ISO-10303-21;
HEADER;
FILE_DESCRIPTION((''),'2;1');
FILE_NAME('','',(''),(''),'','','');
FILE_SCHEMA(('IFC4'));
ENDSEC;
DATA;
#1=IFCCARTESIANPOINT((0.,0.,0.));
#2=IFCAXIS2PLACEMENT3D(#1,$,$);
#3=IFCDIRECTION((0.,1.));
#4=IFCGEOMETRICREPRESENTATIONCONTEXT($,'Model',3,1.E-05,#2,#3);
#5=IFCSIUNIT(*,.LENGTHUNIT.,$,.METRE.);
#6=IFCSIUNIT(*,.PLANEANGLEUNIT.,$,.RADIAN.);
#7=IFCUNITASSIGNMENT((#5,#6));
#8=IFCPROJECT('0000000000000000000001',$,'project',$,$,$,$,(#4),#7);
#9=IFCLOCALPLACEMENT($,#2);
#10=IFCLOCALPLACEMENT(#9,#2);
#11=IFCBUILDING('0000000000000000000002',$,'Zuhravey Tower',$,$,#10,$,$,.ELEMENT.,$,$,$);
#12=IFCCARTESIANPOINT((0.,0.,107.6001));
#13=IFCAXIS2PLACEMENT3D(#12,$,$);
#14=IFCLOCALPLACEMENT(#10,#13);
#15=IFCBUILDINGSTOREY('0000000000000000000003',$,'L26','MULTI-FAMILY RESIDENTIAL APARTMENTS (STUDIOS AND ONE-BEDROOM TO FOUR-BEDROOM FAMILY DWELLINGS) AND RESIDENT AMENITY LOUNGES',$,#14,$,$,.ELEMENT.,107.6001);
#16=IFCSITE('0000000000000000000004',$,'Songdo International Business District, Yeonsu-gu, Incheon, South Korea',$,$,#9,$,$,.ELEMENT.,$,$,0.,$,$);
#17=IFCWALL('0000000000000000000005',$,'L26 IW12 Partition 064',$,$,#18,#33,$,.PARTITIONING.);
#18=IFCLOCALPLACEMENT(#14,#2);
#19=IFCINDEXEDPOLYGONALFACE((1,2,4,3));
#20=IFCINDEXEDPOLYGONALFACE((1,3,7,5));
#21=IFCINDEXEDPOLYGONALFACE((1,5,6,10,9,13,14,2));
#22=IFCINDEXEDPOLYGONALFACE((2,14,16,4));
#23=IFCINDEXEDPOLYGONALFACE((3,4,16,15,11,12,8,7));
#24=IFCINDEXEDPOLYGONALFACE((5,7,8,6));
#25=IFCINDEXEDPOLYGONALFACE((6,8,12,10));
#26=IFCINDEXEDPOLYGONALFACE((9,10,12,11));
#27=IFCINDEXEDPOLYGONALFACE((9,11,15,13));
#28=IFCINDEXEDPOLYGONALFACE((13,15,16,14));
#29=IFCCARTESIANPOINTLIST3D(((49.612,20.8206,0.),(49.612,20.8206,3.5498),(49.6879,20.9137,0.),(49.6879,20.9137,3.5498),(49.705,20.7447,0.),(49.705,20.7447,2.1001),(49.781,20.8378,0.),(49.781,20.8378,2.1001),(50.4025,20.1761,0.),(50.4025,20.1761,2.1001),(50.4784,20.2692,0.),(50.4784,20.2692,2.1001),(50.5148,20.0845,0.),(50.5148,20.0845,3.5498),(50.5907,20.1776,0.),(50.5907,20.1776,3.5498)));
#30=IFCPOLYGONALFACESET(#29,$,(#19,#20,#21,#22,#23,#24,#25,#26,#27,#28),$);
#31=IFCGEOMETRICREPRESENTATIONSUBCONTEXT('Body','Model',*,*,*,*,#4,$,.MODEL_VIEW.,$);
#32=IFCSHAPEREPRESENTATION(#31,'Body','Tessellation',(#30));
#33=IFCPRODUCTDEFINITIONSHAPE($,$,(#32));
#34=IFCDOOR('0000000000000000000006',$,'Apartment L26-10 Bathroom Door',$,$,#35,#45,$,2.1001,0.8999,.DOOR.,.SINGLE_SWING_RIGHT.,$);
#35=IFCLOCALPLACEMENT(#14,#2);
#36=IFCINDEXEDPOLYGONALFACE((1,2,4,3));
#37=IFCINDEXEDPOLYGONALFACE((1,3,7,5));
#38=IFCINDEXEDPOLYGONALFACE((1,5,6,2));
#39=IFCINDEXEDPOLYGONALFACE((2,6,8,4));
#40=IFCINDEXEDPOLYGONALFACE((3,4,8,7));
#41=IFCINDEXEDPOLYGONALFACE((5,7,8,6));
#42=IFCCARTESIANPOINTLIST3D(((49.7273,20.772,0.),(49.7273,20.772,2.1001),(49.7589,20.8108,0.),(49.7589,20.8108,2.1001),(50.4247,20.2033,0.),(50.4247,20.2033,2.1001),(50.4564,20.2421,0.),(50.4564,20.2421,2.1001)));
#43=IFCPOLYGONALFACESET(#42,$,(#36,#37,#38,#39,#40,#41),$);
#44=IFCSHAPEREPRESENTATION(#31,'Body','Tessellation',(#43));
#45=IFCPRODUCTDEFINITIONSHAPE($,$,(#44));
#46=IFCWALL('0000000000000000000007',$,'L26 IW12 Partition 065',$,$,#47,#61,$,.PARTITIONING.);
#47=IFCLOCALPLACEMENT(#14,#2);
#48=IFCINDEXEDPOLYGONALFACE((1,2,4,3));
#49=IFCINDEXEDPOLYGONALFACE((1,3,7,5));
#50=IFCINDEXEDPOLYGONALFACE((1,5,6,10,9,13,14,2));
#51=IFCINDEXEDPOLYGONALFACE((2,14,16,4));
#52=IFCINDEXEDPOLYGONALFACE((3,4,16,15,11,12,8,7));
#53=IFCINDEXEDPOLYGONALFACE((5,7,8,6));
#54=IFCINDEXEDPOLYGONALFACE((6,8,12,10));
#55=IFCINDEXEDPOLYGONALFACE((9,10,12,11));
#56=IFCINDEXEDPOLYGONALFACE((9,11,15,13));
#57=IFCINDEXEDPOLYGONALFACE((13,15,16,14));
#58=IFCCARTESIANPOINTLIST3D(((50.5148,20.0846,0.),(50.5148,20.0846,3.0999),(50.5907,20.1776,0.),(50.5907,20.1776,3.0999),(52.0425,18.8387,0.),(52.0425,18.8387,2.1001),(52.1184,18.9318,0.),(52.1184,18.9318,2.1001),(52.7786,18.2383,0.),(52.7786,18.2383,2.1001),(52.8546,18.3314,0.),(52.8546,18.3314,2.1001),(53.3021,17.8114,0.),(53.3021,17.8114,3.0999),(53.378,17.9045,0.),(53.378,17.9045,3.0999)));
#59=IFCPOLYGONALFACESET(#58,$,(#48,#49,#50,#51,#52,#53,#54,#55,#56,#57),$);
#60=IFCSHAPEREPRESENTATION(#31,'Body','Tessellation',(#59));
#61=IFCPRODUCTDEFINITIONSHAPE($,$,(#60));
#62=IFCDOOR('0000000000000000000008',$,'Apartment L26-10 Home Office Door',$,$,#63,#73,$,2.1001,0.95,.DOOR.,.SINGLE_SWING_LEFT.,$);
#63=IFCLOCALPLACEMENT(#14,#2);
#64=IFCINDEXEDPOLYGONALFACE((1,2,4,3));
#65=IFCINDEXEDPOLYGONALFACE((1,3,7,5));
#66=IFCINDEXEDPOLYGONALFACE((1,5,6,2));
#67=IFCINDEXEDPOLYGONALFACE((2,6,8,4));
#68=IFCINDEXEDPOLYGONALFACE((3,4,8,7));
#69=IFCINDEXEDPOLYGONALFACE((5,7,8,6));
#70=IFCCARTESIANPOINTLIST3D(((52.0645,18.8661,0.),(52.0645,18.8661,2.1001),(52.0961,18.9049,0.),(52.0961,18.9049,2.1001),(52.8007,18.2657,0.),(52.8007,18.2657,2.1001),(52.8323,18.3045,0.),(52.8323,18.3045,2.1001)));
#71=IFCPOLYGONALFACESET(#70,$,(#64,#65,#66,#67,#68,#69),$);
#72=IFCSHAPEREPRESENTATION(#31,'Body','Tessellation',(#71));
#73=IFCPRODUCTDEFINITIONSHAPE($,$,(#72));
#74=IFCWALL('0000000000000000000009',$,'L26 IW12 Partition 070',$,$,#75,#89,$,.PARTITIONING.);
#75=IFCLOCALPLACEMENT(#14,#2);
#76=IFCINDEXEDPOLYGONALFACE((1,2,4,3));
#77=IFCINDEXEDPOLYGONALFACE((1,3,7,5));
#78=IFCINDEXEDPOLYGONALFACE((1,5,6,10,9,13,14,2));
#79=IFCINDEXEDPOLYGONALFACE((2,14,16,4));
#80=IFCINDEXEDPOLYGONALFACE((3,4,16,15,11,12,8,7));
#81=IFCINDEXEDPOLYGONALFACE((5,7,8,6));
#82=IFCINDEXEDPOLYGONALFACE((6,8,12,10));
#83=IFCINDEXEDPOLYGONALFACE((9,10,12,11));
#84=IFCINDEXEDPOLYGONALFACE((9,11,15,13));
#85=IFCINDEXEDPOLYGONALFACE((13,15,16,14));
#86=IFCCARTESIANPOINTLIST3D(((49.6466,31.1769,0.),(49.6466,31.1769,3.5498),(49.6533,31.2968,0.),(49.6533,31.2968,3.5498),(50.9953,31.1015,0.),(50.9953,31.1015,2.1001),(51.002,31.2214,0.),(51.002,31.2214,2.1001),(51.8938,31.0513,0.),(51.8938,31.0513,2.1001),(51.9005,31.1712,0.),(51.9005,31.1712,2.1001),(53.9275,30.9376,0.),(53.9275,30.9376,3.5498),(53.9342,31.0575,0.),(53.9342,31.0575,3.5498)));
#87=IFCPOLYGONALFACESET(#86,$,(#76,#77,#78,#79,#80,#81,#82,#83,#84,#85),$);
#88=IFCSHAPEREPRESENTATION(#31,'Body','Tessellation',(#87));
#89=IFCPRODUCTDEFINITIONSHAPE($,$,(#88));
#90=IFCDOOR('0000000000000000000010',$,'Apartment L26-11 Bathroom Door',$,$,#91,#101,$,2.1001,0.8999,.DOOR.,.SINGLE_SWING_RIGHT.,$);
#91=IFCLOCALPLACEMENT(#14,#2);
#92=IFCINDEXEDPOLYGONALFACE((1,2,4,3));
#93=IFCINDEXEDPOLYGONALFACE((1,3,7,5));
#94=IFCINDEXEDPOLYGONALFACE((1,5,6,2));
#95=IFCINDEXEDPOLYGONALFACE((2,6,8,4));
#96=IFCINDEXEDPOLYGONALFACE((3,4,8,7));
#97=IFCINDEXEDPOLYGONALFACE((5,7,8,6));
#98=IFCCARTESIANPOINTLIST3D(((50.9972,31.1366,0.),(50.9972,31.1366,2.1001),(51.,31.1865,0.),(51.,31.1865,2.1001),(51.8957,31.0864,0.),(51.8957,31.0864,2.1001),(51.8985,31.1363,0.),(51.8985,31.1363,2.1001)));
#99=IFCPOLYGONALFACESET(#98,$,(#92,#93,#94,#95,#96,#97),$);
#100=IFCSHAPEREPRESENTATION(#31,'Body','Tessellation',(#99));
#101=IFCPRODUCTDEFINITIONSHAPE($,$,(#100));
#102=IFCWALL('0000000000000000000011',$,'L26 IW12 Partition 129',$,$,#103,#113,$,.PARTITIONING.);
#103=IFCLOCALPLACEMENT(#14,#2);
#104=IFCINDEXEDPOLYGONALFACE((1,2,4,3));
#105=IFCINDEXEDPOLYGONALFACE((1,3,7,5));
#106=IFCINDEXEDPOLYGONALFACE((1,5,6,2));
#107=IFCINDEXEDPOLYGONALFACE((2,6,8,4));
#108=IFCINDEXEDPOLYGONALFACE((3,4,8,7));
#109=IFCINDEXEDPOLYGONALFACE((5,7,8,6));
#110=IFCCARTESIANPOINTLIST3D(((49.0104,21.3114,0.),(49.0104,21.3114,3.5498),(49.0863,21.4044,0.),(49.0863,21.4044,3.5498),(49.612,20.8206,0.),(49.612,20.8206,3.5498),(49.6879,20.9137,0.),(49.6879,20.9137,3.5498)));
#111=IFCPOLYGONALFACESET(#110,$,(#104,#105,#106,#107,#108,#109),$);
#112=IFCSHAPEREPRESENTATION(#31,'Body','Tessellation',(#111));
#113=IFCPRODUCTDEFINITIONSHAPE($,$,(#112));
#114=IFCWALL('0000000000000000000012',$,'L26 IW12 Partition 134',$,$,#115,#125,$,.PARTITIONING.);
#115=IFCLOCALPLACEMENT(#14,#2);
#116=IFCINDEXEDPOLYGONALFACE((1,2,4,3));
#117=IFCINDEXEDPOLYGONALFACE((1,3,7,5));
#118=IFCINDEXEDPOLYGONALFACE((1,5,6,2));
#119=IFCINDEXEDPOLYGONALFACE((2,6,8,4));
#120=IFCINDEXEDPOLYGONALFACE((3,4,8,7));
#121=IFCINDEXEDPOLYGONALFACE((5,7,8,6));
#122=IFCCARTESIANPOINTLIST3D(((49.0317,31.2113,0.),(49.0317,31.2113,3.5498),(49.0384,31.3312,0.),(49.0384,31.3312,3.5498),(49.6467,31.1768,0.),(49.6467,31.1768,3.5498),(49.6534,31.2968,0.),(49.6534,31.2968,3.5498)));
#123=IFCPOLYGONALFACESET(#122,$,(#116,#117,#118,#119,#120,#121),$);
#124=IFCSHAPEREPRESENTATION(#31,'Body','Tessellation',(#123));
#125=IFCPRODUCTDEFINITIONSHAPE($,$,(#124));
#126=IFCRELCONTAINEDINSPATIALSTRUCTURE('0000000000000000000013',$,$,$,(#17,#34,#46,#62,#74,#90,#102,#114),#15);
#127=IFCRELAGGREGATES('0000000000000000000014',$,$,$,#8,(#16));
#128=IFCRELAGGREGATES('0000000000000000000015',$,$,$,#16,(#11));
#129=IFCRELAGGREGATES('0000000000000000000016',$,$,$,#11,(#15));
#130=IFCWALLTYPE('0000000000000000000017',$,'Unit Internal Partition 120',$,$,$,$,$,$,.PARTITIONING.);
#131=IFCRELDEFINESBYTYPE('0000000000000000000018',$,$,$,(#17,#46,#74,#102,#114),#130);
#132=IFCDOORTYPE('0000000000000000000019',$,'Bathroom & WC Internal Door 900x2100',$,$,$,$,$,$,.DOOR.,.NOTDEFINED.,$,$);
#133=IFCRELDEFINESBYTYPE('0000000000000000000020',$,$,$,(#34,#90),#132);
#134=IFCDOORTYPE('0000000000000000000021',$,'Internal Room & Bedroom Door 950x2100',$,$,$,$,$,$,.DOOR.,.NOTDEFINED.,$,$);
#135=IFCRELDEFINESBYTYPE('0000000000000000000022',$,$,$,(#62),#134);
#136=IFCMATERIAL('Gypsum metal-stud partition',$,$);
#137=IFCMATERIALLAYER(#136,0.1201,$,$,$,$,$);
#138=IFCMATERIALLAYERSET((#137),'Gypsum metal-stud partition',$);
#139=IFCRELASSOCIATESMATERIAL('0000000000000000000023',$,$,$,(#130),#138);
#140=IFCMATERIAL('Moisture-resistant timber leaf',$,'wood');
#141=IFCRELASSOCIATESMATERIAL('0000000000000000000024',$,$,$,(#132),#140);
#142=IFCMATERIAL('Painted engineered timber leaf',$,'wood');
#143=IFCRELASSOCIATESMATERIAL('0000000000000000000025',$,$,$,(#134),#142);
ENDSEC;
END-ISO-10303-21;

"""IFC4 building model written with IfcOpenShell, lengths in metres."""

from ifc_helpers import new_model, si_unit, direction, frame, frame_2d, origin, place, context, subcontext, project, spatial, rectangle, extrude, material, layer, layer_set, type_object, element, fill, save


model = new_model("IFC4")

# Units and contexts
model_context = context("Model", 3, precision=1e-05, world=origin(), true_north=direction((0.0, 1.0)))
body_context = subcontext(model_context, "Body", "Model", "MODEL_VIEW")
ifc_project = project(units=[si_unit("LENGTHUNIT", "METRE"), si_unit("PLANEANGLEUNIT", "RADIAN")], contexts=[model_context])

# Site, building, storey
site_placement = place(None, origin())
site = spatial("IfcSite", under=ifc_project, at=site_placement, Name="Songdo International Business District, Yeonsu-gu, Incheon, South Korea", CompositionType="ELEMENT", RefElevation=0.0)
building_placement = place(site_placement, origin())
building = spatial("IfcBuilding", under=site, at=building_placement, Name="Zuhravey Tower", CompositionType="ELEMENT")
storey_placement = place(building_placement, frame((0.0, 0.0, 107.6001)))
storey = spatial("IfcBuildingStorey", under=building, at=storey_placement, Name="L26", Description="MULTI-FAMILY RESIDENTIAL APARTMENTS (STUDIOS AND ONE-BEDROOM TO FOUR-BEDROOM FAMILY DWELLINGS) AND RESIDENT AMENITY LOUNGES", CompositionType="ELEMENT", Elevation=107.6001)

# Walls, openings, doors
ifc_material_1 = material(Name="Gypsum metal-stud partition")
ifc_layer_1 = layer(ifc_material_1, 0.1201)
ifc_layer_set_1 = layer_set([ifc_layer_1], Name="Gypsum metal-stud partition")
wall_type_1 = type_object("IfcWallType", Name="Unit Internal Partition 120", PredefinedType="PARTITIONING", material=ifc_layer_set_1)
wall_1_placement = place(storey_placement, frame((49.6499, 20.8672, 0.0), z_axis=(0.0, 0.0, 1.0), x_axis=(0.775049, -0.631902, 0.0)))
wall_1 = element("IfcWall", 1, at=wall_1_placement, inside=storey, type_object=wall_type_1, Name="L26 IW12 Partition 064", PredefinedType="PARTITIONING", context=body_context, shape_type="SweptSolid", body=[
    extrude(rectangle(XDim=1.1648, YDim=0.1201, at=frame_2d((0.5825, 0.0))), origin(), (0.0, 0.0, 1.0), 3.5498),
])
opening_1_placement = place(wall_1_placement, frame((0.1201, 0.0, 0.0)))
opening_1 = element("IfcOpeningElement", 2, at=opening_1_placement, cuts=wall_1, PredefinedType="OPENING", context=body_context, shape_type="SweptSolid", body=[
    extrude(rectangle(XDim=0.8999, YDim=2.1001, at=frame_2d((0.45, 1.05))), frame((0.0, 0.072, 0.0), z_axis=(0.0, -1.0, 0.0), x_axis=(1.0, 0.0, 0.0)), (0.0, 0.0, 1.0), 0.144),
])
ifc_material_2 = material(Name="Moisture-resistant timber leaf", Category="wood")
door_type_1 = type_object("IfcDoorType", Name="Bathroom & WC Internal Door 900x2100", OperationType="NOTDEFINED", PredefinedType="DOOR", material=ifc_material_2)
door_1_placement = place(opening_1_placement, frame((0.8999, 0.0, 0.0), z_axis=(0.0, 0.0, 1.0), x_axis=(-1.0, 0.0, 0.0)))
door_1 = element("IfcDoor", 3, at=door_1_placement, inside=storey, type_object=door_type_1, Name="Apartment L26-10 Bathroom Door", OperationType="SINGLE_SWING_RIGHT", OverallHeight=2.1001, OverallWidth=0.8999, PredefinedType="DOOR", context=body_context, shape_type="SweptSolid", body=[
    extrude(rectangle(XDim=0.8999, YDim=2.1001, at=frame_2d((0.45, 1.05))), frame((0.0, 0.0249, 0.0), z_axis=(0.0, -1.0, 0.0), x_axis=(1.0, 0.0, 0.0)), (0.0, 0.0, 1.0), 0.05),
])
fill(opening_1, door_1)
wall_2_placement = place(storey_placement, frame((50.5527, 20.1311, 0.0), z_axis=(0.0, 0.0, 1.0), x_axis=(0.77496, -0.63201, 0.0)))
wall_2 = element("IfcWall", 4, at=wall_2_placement, inside=storey, type_object=wall_type_1, Name="L26 IW12 Partition 065", PredefinedType="PARTITIONING", context=body_context, shape_type="SweptSolid", body=[
    extrude(rectangle(XDim=3.5967, YDim=0.1201, at=frame_2d((1.7983, 0.0))), origin(), (0.0, 0.0, 1.0), 3.0999),
])
opening_2_placement = place(wall_2_placement, frame((1.9712, 0.0, 0.0)))
opening_2 = element("IfcOpeningElement", 5, at=opening_2_placement, cuts=wall_2, PredefinedType="OPENING", context=body_context, shape_type="SweptSolid", body=[
    extrude(rectangle(XDim=0.95, YDim=2.1001, at=frame_2d((0.4751, 1.05))), frame((0.0, 0.072, 0.0), z_axis=(0.0, -1.0, 0.0), x_axis=(1.0, 0.0, 0.0)), (0.0, 0.0, 1.0), 0.144),
])
ifc_material_3 = material(Name="Painted engineered timber leaf", Category="wood")
door_type_2 = type_object("IfcDoorType", Name="Internal Room & Bedroom Door 950x2100", OperationType="NOTDEFINED", PredefinedType="DOOR", material=ifc_material_3)
door_2_placement = place(opening_2_placement, frame((0.95, 0.0, 0.0), z_axis=(0.0, 0.0, 1.0), x_axis=(-1.0, 0.0, 0.0)))
door_2 = element("IfcDoor", 6, at=door_2_placement, inside=storey, type_object=door_type_2, Name="Apartment L26-10 Home Office Door", OperationType="SINGLE_SWING_LEFT", OverallHeight=2.1001, OverallWidth=0.95, PredefinedType="DOOR", context=body_context, shape_type="SweptSolid", body=[
    extrude(rectangle(XDim=0.95, YDim=2.1001, at=frame_2d((0.4751, 1.05))), frame((0.0, 0.0249, 0.0), z_axis=(0.0, -1.0, 0.0), x_axis=(1.0, 0.0, 0.0)), (0.0, 0.0, 1.0), 0.05),
])
fill(opening_2, door_2)
wall_3_placement = place(storey_placement, frame((49.6499, 31.2368, 0.0), z_axis=(0.0, 0.0, 1.0), x_axis=(0.998442, -0.055801, 0.0)))
wall_3 = element("IfcWall", 7, at=wall_3_placement, inside=storey, type_object=wall_type_1, Name="L26 IW12 Partition 070", PredefinedType="PARTITIONING", context=body_context, shape_type="SweptSolid", body=[
    extrude(rectangle(XDim=4.2876, YDim=0.1201, at=frame_2d((2.1438, 0.0))), origin(), (0.0, 0.0, 1.0), 3.5498),
])
opening_3_placement = place(wall_3_placement, frame((1.3508, 0.0, 0.0)))
opening_3 = element("IfcOpeningElement", 8, at=opening_3_placement, cuts=wall_3, PredefinedType="OPENING", context=body_context, shape_type="SweptSolid", body=[
    extrude(rectangle(XDim=0.8999, YDim=2.1001, at=frame_2d((0.45, 1.05))), frame((0.0, 0.072, 0.0), z_axis=(0.0, -1.0, 0.0), x_axis=(1.0, 0.0, 0.0)), (0.0, 0.0, 1.0), 0.144),
])
door_3_placement = place(opening_3_placement, frame((0.8999, 0.0, 0.0), z_axis=(0.0, 0.0, 1.0), x_axis=(-1.0, 0.0, 0.0)))
door_3 = element("IfcDoor", 9, at=door_3_placement, inside=storey, type_object=door_type_1, Name="Apartment L26-11 Bathroom Door", OperationType="SINGLE_SWING_RIGHT", OverallHeight=2.1001, OverallWidth=0.8999, PredefinedType="DOOR", context=body_context, shape_type="SweptSolid", body=[
    extrude(rectangle(XDim=0.8999, YDim=2.1001, at=frame_2d((0.45, 1.05))), frame((0.0, 0.0249, 0.0), z_axis=(0.0, -1.0, 0.0), x_axis=(1.0, 0.0, 0.0)), (0.0, 0.0, 1.0), 0.05),
])
fill(opening_3, door_3)

# Walls
wall_4_placement = place(storey_placement, frame((49.0483, 21.3579, 0.0), z_axis=(0.0, 0.0, 1.0), x_axis=(0.774881, -0.632107, 0.0)))
element("IfcWall", 10, at=wall_4_placement, inside=storey, type_object=wall_type_1, Name="L26 IW12 Partition 129", PredefinedType="PARTITIONING", context=body_context, shape_type="SweptSolid", body=[
    extrude(rectangle(XDim=0.7764, YDim=0.1201, at=frame_2d((0.3882, 0.0))), origin(), (0.0, 0.0, 1.0), 3.5498),
])
wall_5_placement = place(storey_placement, frame((49.0349, 31.2712, 0.0), z_axis=(0.0, 0.0, 1.0), x_axis=(0.998437, -0.055887, 0.0)))
element("IfcWall", 11, at=wall_5_placement, inside=storey, type_object=wall_type_1, Name="L26 IW12 Partition 134", PredefinedType="PARTITIONING", context=body_context, shape_type="SweptSolid", body=[
    extrude(rectangle(XDim=0.616, YDim=0.1201, at=frame_2d((0.3081, 0.0))), origin(), (0.0, 0.0, 1.0), 3.5498),
])

save(model, "model.ifc")
